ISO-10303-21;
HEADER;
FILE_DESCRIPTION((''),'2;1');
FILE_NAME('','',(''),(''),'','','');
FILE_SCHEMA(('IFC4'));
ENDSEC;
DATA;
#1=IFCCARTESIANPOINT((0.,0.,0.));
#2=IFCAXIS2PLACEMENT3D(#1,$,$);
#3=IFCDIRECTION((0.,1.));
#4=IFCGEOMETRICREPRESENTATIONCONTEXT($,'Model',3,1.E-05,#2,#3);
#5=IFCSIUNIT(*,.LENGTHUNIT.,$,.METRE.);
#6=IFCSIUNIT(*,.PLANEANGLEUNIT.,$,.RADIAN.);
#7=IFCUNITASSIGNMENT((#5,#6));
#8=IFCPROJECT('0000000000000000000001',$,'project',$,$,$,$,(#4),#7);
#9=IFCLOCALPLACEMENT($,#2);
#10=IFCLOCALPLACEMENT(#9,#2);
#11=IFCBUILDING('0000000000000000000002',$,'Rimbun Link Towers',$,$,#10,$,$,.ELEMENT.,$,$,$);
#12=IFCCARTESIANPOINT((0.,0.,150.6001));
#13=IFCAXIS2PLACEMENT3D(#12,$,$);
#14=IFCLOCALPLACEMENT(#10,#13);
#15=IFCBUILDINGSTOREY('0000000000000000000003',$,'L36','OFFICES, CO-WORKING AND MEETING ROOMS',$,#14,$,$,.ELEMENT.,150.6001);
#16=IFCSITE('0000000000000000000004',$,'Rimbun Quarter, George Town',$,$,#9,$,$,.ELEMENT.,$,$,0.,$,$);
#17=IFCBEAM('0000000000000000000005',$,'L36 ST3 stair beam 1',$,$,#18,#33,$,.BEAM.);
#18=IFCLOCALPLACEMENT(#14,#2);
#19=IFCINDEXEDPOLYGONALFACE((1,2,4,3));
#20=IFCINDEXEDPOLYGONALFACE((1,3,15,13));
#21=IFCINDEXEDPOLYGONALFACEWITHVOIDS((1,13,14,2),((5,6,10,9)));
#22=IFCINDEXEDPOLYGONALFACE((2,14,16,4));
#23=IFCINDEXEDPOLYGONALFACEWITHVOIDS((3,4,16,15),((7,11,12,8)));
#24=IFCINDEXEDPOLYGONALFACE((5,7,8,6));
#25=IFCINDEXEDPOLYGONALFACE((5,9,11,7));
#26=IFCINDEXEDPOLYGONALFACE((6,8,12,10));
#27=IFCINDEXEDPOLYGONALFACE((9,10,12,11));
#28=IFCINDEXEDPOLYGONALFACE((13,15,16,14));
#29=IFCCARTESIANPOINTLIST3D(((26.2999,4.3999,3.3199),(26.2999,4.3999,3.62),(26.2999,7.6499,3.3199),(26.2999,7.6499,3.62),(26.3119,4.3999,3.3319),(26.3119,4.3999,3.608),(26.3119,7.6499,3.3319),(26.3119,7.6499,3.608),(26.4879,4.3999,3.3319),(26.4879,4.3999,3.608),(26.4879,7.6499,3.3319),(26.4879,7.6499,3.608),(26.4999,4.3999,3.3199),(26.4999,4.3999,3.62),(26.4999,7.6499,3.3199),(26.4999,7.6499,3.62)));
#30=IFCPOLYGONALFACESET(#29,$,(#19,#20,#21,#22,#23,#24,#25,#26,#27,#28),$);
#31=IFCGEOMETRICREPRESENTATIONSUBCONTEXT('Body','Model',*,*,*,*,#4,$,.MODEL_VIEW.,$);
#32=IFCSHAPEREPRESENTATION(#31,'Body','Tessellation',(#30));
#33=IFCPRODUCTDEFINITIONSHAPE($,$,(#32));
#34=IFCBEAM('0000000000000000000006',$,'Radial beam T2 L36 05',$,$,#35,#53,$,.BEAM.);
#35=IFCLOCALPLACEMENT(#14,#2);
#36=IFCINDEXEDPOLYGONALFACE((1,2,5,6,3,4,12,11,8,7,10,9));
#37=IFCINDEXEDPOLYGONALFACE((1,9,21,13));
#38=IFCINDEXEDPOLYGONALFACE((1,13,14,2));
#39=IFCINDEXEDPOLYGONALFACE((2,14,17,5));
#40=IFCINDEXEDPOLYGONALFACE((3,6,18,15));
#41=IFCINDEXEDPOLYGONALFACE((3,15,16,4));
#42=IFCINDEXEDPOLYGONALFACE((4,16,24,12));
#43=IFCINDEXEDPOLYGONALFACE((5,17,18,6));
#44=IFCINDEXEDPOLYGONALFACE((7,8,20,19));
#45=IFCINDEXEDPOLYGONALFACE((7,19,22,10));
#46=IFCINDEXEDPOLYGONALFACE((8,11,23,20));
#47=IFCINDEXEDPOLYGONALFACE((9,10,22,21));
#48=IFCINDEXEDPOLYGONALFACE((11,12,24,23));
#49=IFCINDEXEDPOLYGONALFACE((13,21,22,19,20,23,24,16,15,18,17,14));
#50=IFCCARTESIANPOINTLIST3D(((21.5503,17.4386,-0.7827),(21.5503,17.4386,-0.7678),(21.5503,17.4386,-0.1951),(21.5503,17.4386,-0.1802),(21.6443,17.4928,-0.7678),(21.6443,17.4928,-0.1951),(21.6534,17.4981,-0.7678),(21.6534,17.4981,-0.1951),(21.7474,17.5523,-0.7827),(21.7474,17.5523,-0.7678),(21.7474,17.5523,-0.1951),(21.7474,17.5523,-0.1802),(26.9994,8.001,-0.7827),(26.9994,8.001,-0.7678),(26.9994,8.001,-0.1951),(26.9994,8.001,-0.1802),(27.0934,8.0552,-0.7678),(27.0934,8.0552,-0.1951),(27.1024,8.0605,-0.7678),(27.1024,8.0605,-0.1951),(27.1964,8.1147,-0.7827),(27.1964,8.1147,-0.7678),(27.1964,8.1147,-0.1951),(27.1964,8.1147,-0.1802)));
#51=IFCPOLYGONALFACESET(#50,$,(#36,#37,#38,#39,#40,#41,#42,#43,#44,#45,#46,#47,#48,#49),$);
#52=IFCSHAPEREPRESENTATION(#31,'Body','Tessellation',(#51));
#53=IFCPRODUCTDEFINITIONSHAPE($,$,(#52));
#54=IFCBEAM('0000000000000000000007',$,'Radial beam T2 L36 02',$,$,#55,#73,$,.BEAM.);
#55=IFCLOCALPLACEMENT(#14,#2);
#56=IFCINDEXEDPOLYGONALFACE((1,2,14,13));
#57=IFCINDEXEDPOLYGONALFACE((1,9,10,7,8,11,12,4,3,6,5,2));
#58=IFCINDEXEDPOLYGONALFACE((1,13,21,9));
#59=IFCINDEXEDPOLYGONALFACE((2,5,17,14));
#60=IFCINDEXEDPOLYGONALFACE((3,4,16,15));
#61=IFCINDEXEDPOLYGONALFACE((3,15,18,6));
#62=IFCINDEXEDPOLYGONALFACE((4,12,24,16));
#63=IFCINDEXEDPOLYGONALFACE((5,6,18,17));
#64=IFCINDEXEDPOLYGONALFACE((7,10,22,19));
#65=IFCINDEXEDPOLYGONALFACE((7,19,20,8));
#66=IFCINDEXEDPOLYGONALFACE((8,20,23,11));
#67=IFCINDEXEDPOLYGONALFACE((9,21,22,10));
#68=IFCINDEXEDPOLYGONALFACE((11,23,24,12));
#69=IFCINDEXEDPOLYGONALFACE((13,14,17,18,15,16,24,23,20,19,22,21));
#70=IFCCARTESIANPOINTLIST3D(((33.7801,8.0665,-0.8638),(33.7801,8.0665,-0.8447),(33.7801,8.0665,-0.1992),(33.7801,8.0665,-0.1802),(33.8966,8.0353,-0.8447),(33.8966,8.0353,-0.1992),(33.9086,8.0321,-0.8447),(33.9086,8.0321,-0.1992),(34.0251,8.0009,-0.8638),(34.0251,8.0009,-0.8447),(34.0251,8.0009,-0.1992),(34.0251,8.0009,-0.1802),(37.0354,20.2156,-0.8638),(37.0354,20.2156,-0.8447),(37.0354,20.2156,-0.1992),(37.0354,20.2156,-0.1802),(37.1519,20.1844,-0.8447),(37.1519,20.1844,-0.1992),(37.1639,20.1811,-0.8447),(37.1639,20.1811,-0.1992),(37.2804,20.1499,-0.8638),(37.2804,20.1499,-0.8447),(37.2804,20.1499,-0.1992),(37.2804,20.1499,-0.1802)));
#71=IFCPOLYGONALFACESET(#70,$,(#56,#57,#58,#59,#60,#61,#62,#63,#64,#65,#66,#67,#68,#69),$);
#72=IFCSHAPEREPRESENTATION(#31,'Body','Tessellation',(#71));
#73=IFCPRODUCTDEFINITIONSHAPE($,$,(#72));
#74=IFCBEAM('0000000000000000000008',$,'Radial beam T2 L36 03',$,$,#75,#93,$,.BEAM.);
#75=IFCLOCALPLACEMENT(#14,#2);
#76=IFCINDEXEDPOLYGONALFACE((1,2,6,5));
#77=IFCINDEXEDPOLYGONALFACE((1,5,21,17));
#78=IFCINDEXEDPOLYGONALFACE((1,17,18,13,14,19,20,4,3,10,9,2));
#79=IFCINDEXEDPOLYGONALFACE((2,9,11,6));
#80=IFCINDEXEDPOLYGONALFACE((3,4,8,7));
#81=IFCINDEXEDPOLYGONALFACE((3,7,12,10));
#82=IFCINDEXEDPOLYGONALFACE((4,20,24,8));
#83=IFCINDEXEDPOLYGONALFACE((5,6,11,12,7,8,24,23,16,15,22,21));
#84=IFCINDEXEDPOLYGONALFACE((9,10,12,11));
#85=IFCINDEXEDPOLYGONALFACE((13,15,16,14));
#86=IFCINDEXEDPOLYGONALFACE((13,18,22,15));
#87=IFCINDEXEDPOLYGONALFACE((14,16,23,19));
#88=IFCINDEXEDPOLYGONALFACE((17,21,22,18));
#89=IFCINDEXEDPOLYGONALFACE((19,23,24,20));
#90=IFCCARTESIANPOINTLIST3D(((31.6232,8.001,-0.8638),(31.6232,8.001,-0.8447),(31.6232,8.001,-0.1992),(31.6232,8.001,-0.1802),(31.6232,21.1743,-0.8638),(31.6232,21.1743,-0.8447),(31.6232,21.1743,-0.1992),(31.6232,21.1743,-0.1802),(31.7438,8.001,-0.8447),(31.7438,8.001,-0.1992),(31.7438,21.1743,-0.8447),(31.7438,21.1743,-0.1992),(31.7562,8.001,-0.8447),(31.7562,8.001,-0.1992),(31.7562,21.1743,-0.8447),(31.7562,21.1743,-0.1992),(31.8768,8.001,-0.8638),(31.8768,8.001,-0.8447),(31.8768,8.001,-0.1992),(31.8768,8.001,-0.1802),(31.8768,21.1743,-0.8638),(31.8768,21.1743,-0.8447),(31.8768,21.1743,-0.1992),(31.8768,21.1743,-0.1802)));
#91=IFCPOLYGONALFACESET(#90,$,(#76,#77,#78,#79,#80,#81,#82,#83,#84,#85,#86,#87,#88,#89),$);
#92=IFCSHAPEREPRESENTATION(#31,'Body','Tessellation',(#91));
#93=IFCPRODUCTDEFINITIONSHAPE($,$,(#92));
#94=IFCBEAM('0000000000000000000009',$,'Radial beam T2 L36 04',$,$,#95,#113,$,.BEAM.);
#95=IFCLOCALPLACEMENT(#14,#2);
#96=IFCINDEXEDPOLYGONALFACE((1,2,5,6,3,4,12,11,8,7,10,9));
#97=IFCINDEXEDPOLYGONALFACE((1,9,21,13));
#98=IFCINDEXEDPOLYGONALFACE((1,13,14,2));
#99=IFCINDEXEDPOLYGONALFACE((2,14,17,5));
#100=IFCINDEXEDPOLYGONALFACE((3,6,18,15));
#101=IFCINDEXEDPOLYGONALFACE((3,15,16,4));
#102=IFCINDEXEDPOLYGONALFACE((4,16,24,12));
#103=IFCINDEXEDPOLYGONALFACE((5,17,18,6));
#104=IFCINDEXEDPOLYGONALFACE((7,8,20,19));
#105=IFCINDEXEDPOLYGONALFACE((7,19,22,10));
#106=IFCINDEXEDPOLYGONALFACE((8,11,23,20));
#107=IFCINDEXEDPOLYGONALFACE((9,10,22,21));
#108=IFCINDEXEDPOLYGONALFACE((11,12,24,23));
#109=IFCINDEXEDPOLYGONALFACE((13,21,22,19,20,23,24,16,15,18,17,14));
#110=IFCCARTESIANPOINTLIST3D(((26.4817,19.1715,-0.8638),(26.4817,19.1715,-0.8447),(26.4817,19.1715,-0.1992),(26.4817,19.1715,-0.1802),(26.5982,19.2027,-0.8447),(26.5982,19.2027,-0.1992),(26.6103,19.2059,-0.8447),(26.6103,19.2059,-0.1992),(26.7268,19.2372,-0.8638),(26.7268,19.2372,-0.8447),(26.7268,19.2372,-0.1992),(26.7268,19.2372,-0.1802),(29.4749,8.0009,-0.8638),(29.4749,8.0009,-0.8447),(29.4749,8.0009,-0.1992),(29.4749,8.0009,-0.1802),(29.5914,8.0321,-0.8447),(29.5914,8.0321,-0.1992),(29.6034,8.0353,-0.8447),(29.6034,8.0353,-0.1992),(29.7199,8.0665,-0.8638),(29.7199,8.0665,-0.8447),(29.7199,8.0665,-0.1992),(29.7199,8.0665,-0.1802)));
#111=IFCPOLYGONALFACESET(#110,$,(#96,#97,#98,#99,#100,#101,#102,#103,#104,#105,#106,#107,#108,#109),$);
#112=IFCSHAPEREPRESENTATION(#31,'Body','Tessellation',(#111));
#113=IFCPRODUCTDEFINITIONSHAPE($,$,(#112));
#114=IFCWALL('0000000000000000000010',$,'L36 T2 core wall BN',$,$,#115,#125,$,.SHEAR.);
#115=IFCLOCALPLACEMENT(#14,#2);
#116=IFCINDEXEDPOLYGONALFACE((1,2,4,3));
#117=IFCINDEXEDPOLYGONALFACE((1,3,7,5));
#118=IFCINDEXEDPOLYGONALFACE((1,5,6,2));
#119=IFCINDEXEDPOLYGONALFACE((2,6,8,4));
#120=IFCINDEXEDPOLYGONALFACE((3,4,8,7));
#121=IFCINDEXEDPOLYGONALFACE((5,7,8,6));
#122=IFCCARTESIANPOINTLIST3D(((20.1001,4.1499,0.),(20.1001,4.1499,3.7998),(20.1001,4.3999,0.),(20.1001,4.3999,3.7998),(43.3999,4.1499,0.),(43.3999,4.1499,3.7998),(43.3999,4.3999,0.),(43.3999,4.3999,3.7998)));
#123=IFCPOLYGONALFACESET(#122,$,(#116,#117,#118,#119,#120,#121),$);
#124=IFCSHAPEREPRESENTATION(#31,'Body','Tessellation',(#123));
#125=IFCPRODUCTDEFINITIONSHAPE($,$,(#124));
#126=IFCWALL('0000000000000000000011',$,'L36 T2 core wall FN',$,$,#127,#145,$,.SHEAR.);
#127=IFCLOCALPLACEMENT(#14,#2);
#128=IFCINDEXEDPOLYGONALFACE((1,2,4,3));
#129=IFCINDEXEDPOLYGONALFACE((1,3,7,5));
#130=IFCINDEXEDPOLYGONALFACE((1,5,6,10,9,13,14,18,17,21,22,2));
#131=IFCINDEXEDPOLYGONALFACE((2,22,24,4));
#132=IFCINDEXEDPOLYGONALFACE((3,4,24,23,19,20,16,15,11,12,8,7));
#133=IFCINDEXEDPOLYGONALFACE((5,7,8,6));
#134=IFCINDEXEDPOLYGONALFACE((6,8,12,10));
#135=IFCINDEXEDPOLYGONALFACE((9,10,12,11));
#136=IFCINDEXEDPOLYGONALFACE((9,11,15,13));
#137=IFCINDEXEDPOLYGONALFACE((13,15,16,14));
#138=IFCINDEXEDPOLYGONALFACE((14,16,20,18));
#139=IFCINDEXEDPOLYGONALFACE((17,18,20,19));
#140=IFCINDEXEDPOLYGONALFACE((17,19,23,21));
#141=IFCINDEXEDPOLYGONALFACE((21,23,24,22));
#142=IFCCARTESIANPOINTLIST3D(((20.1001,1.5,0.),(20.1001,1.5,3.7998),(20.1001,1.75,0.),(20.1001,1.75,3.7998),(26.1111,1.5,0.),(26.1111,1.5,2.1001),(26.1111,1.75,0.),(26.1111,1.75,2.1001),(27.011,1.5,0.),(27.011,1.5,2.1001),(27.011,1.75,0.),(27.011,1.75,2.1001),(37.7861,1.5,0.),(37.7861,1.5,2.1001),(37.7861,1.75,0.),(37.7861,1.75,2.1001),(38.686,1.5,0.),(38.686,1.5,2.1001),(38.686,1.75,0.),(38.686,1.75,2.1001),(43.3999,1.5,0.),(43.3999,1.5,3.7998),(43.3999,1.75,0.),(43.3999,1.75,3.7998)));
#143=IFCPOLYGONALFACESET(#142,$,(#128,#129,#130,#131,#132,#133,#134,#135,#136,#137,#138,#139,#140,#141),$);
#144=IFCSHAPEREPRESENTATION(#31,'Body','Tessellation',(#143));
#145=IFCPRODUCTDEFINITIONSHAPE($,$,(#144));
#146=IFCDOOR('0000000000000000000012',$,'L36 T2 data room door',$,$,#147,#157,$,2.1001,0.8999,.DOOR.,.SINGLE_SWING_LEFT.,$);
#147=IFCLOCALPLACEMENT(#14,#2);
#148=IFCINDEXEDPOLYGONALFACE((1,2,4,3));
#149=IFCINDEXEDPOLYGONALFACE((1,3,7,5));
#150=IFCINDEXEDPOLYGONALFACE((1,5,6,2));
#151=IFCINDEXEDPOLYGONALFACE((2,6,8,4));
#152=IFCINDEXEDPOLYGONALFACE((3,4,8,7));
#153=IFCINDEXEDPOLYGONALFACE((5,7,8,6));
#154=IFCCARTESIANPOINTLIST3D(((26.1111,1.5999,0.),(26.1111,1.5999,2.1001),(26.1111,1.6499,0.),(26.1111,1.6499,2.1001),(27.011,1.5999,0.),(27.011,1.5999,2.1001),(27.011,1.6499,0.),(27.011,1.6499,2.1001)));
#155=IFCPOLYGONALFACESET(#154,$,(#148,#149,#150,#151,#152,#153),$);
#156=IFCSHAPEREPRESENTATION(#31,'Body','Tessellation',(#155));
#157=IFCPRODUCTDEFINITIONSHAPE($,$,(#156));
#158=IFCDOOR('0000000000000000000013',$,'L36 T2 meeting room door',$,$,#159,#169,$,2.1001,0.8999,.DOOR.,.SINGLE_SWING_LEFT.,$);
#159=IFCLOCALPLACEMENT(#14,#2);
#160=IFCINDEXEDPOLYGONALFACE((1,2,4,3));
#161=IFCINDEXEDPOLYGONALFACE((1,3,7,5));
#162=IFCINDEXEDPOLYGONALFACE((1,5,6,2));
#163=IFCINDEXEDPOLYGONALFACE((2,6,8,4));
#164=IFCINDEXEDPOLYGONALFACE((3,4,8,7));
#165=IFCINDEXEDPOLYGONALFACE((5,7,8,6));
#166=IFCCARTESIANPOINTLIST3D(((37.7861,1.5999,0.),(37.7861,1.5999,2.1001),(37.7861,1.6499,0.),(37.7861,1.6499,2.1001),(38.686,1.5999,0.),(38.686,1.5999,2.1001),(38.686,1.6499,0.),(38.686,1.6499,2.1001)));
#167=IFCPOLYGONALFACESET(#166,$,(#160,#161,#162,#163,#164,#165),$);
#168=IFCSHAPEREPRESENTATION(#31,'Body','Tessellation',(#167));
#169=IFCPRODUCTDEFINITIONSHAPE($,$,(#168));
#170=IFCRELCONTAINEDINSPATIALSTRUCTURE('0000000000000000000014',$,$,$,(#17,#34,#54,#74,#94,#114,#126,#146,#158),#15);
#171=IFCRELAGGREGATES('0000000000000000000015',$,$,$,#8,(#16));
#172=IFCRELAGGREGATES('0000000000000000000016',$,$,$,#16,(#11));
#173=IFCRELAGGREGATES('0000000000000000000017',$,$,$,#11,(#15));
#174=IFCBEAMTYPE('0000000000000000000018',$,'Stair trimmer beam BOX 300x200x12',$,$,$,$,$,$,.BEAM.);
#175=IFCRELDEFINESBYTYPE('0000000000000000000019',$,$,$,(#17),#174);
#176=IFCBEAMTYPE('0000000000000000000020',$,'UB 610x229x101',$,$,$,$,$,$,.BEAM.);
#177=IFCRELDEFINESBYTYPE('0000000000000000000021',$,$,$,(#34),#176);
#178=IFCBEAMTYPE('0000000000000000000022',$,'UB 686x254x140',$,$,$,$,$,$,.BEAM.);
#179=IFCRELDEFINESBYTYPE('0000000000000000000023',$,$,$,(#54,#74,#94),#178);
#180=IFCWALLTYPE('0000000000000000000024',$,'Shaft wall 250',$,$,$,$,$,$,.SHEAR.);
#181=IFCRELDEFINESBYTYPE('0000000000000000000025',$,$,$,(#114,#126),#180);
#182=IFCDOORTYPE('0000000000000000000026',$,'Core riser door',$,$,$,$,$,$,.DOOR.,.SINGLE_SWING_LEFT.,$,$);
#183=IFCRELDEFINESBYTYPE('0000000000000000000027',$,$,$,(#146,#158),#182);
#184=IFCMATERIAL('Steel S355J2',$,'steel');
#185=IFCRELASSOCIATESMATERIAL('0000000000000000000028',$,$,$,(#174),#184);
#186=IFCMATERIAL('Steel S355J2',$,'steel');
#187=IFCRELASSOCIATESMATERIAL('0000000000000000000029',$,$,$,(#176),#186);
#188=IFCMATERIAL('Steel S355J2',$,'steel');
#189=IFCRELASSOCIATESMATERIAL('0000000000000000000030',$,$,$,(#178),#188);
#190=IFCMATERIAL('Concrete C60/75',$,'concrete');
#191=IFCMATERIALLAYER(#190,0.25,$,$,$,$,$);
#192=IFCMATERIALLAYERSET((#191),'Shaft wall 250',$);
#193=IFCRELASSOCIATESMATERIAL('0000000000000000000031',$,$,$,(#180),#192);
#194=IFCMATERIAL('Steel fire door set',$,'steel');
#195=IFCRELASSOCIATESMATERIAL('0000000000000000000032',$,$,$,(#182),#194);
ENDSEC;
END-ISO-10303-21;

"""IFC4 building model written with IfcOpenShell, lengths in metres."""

from ifc_helpers import new_model, si_unit, direction, frame, frame_2d, origin, origin_2d, place, context, subcontext, project, spatial, rectangle, hollow_rectangle, i_section, extrude, material, layer, layer_set, material_profile, profile_set, type_object, element, fill, save


model = new_model("IFC4")

# Units and contexts
model_context = context("Model", 3, precision=1e-05, world=origin(), true_north=direction((0.0, 1.0)))
body_context = subcontext(model_context, "Body", "Model", "MODEL_VIEW")
ifc_project = project(units=[si_unit("LENGTHUNIT", "METRE"), si_unit("PLANEANGLEUNIT", "RADIAN")], contexts=[model_context])

# Site, building, storey
site_placement = place(None, origin())
site = spatial("IfcSite", under=ifc_project, at=site_placement, Name="Rimbun Quarter, George Town", CompositionType="ELEMENT", RefElevation=0.0)
building_placement = place(site_placement, origin())
building = spatial("IfcBuilding", under=site, at=building_placement, Name="Rimbun Link Towers", CompositionType="ELEMENT")
storey_placement = place(building_placement, frame((0.0, 0.0, 150.6001)))
storey = spatial("IfcBuildingStorey", under=building, at=storey_placement, Name="L36", Description="OFFICES, CO-WORKING AND MEETING ROOMS", CompositionType="ELEMENT", Elevation=150.6001)

# Beams
ifc_material_1 = material(Name="Steel S355J2", Category="steel")
ifc_material_profile_1 = material_profile(ifc_material_1, hollow_rectangle(XDim=0.2, YDim=0.3, WallThickness=0.012, at=origin_2d()), Name="BOX 300x200x12")
ifc_profile_set_1 = profile_set([ifc_material_profile_1], Name="Steel S355J2")
beam_type_1 = type_object("IfcBeamType", Name="Stair trimmer beam BOX 300x200x12", PredefinedType="BEAM", material=ifc_profile_set_1)
beam_1_placement = place(storey_placement, frame((26.3999, 7.6499, 3.47), z_axis=(0.0, -1.0, 0.0), x_axis=(1.0, 0.0, 0.0)))
element("IfcBeam", 1, at=beam_1_placement, inside=storey, type_object=beam_type_1, Name="L36 ST3 stair beam 1", PredefinedType="BEAM", context=body_context, shape_type="SweptSolid", body=[
    extrude(hollow_rectangle(XDim=0.2, YDim=0.3, WallThickness=0.012, at=origin_2d()), origin(), (0.0, 0.0, 1.0), 3.25),
])
ifc_material_2 = material(Name="Steel S355J2", Category="steel")
ifc_material_profile_2 = material_profile(ifc_material_2, i_section(OverallWidth=0.2275, OverallDepth=0.6025, WebThickness=0.0105, FlangeThickness=0.0149, at=origin_2d()), Name="UB 610x229x101")
ifc_profile_set_2 = profile_set([ifc_material_profile_2], Name="Steel S355J2")
beam_type_2 = type_object("IfcBeamType", Name="UB 610x229x101", PredefinedType="BEAM", material=ifc_profile_set_2)
beam_2_placement = place(storey_placement, frame((27.0979, 8.0579, -0.4814), z_axis=(-0.500016, 0.866016, 0.0), x_axis=(-0.866016, -0.500016, 0.0)))
element("IfcBeam", 2, at=beam_2_placement, inside=storey, type_object=beam_type_2, Name="Radial beam T2 L36 05", PredefinedType="BEAM", context=body_context, shape_type="SweptSolid", body=[
    extrude(i_section(OverallWidth=0.2275, OverallDepth=0.6025, WebThickness=0.0105, FlangeThickness=0.0149, at=origin_2d()), origin(), (0.0, 0.0, 1.0), 10.8977),
])
ifc_material_3 = material(Name="Steel S355J2", Category="steel")
ifc_material_profile_3 = material_profile(ifc_material_3, i_section(OverallWidth=0.2537, OverallDepth=0.6836, WebThickness=0.0125, FlangeThickness=0.019, at=origin_2d()), Name="UB 686x254x140")
ifc_profile_set_3 = profile_set([ifc_material_profile_3], Name="Steel S355J2")
beam_type_3 = type_object("IfcBeamType", Name="UB 686x254x140", PredefinedType="BEAM", material=ifc_profile_set_3)
beam_3_placement = place(storey_placement, frame((33.9026, 8.0337, -0.522), z_axis=(0.25882, 0.965926, 0.0), x_axis=(-0.965926, 0.25882, 0.0)))
element("IfcBeam", 3, at=beam_3_placement, inside=storey, type_object=beam_type_3, Name="Radial beam T2 L36 02", PredefinedType="BEAM", context=body_context, shape_type="SweptSolid", body=[
    extrude(i_section(OverallWidth=0.2537, OverallDepth=0.6836, WebThickness=0.0125, FlangeThickness=0.019, at=origin_2d()), origin(), (0.0, 0.0, 1.0), 12.5776),
])
beam_4_placement = place(storey_placement, frame((31.75, 8.001, -0.522), z_axis=(0.0, 1.0, 0.0), x_axis=(-1.0, 0.0, 0.0)))
element("IfcBeam", 4, at=beam_4_placement, inside=storey, type_object=beam_type_3, Name="Radial beam T2 L36 03", PredefinedType="BEAM", context=body_context, shape_type="SweptSolid", body=[
    extrude(i_section(OverallWidth=0.2537, OverallDepth=0.6836, WebThickness=0.0125, FlangeThickness=0.019, at=origin_2d()), origin(), (0.0, 0.0, 1.0), 13.1733),
])
beam_5_placement = place(storey_placement, frame((29.5974, 8.0337, -0.522), z_axis=(-0.258819, 0.965926, 0.0), x_axis=(-0.965926, -0.258819, 0.0)))
element("IfcBeam", 5, at=beam_5_placement, inside=storey, type_object=beam_type_3, Name="Radial beam T2 L36 04", PredefinedType="BEAM", context=body_context, shape_type="SweptSolid", body=[
    extrude(i_section(OverallWidth=0.2537, OverallDepth=0.6836, WebThickness=0.0125, FlangeThickness=0.019, at=origin_2d()), origin(), (0.0, 0.0, 1.0), 11.5647),
])

# Wall
ifc_material_4 = material(Name="Concrete C60/75", Category="concrete")
ifc_layer = layer(ifc_material_4, 0.25)
ifc_layer_set = layer_set([ifc_layer], Name="Shaft wall 250")
wall_type = type_object("IfcWallType", Name="Shaft wall 250", PredefinedType="SHEAR", material=ifc_layer_set)
wall_1_placement = place(storey_placement, frame((20.1001, 4.2749, 0.0), z_axis=(0.0, 0.0, 1.0), x_axis=(1.0, 0.0, 0.0)))
element("IfcWall", 6, at=wall_1_placement, inside=storey, type_object=wall_type, Name="L36 T2 core wall BN", PredefinedType="SHEAR", context=body_context, shape_type="SweptSolid", body=[
    extrude(rectangle(XDim=23.2998, YDim=0.25, at=frame_2d((11.6499, 0.0))), origin(), (0.0, 0.0, 1.0), 3.7998),
])

# Wall, openings, doors
wall_2_placement = place(storey_placement, frame((20.1001, 1.625, 0.0), z_axis=(0.0, 0.0, 1.0), x_axis=(1.0, 0.0, 0.0)))
wall_2 = element("IfcWall", 7, at=wall_2_placement, inside=storey, type_object=wall_type, Name="L36 T2 core wall FN", PredefinedType="SHEAR", context=body_context, shape_type="SweptSolid", body=[
    extrude(rectangle(XDim=23.2998, YDim=0.25, at=frame_2d((11.6499, 0.0))), origin(), (0.0, 0.0, 1.0), 3.7998),
])
opening_1_placement = place(wall_2_placement, frame((6.011, 0.0, 0.0)))
opening_1 = element("IfcOpeningElement", 8, at=opening_1_placement, cuts=wall_2, PredefinedType="OPENING", context=body_context, shape_type="SweptSolid", body=[
    extrude(rectangle(XDim=0.8999, YDim=2.1001, at=frame_2d((0.45, 1.05))), frame((0.0, 0.135, 0.0), z_axis=(0.0, -1.0, 0.0), x_axis=(1.0, 0.0, 0.0)), (0.0, 0.0, 1.0), 0.27),
])
opening_2_placement = place(wall_2_placement, frame((17.686, 0.0, 0.0)))
opening_2 = element("IfcOpeningElement", 9, at=opening_2_placement, cuts=wall_2, PredefinedType="OPENING", context=body_context, shape_type="SweptSolid", body=[
    extrude(rectangle(XDim=0.8999, YDim=2.1001, at=frame_2d((0.45, 1.05))), frame((0.0, 0.135, 0.0), z_axis=(0.0, -1.0, 0.0), x_axis=(1.0, 0.0, 0.0)), (0.0, 0.0, 1.0), 0.27),
])
ifc_material_5 = material(Name="Steel fire door set", Category="steel")
door_type_1 = type_object("IfcDoorType", Name="Core riser door", OperationType="SINGLE_SWING_LEFT", PredefinedType="DOOR", material=ifc_material_5)
door_1_placement = place(opening_1_placement, origin())
door_1 = element("IfcDoor", 10, at=door_1_placement, inside=storey, type_object=door_type_1, Name="L36 T2 data room door", OperationType="SINGLE_SWING_LEFT", OverallHeight=2.1001, OverallWidth=0.8999, PredefinedType="DOOR", context=body_context, shape_type="SweptSolid", body=[
    extrude(rectangle(XDim=0.8999, YDim=2.1001, at=frame_2d((0.45, 1.05))), frame((0.0, 0.0249, 0.0), z_axis=(0.0, -1.0, 0.0), x_axis=(1.0, 0.0, 0.0)), (0.0, 0.0, 1.0), 0.05),
])
fill(opening_1, door_1)
door_2_placement = place(opening_2_placement, origin())
door_2 = element("IfcDoor", 11, at=door_2_placement, inside=storey, type_object=door_type_1, Name="L36 T2 meeting room door", OperationType="SINGLE_SWING_LEFT", OverallHeight=2.1001, OverallWidth=0.8999, PredefinedType="DOOR", context=body_context, shape_type="SweptSolid", body=[
    extrude(rectangle(XDim=0.8999, YDim=2.1001, at=frame_2d((0.45, 1.05))), frame((0.0, 0.0249, 0.0), z_axis=(0.0, -1.0, 0.0), x_axis=(1.0, 0.0, 0.0)), (0.0, 0.0, 1.0), 0.05),
])
fill(opening_2, door_2)

save(model, "model.ifc")
